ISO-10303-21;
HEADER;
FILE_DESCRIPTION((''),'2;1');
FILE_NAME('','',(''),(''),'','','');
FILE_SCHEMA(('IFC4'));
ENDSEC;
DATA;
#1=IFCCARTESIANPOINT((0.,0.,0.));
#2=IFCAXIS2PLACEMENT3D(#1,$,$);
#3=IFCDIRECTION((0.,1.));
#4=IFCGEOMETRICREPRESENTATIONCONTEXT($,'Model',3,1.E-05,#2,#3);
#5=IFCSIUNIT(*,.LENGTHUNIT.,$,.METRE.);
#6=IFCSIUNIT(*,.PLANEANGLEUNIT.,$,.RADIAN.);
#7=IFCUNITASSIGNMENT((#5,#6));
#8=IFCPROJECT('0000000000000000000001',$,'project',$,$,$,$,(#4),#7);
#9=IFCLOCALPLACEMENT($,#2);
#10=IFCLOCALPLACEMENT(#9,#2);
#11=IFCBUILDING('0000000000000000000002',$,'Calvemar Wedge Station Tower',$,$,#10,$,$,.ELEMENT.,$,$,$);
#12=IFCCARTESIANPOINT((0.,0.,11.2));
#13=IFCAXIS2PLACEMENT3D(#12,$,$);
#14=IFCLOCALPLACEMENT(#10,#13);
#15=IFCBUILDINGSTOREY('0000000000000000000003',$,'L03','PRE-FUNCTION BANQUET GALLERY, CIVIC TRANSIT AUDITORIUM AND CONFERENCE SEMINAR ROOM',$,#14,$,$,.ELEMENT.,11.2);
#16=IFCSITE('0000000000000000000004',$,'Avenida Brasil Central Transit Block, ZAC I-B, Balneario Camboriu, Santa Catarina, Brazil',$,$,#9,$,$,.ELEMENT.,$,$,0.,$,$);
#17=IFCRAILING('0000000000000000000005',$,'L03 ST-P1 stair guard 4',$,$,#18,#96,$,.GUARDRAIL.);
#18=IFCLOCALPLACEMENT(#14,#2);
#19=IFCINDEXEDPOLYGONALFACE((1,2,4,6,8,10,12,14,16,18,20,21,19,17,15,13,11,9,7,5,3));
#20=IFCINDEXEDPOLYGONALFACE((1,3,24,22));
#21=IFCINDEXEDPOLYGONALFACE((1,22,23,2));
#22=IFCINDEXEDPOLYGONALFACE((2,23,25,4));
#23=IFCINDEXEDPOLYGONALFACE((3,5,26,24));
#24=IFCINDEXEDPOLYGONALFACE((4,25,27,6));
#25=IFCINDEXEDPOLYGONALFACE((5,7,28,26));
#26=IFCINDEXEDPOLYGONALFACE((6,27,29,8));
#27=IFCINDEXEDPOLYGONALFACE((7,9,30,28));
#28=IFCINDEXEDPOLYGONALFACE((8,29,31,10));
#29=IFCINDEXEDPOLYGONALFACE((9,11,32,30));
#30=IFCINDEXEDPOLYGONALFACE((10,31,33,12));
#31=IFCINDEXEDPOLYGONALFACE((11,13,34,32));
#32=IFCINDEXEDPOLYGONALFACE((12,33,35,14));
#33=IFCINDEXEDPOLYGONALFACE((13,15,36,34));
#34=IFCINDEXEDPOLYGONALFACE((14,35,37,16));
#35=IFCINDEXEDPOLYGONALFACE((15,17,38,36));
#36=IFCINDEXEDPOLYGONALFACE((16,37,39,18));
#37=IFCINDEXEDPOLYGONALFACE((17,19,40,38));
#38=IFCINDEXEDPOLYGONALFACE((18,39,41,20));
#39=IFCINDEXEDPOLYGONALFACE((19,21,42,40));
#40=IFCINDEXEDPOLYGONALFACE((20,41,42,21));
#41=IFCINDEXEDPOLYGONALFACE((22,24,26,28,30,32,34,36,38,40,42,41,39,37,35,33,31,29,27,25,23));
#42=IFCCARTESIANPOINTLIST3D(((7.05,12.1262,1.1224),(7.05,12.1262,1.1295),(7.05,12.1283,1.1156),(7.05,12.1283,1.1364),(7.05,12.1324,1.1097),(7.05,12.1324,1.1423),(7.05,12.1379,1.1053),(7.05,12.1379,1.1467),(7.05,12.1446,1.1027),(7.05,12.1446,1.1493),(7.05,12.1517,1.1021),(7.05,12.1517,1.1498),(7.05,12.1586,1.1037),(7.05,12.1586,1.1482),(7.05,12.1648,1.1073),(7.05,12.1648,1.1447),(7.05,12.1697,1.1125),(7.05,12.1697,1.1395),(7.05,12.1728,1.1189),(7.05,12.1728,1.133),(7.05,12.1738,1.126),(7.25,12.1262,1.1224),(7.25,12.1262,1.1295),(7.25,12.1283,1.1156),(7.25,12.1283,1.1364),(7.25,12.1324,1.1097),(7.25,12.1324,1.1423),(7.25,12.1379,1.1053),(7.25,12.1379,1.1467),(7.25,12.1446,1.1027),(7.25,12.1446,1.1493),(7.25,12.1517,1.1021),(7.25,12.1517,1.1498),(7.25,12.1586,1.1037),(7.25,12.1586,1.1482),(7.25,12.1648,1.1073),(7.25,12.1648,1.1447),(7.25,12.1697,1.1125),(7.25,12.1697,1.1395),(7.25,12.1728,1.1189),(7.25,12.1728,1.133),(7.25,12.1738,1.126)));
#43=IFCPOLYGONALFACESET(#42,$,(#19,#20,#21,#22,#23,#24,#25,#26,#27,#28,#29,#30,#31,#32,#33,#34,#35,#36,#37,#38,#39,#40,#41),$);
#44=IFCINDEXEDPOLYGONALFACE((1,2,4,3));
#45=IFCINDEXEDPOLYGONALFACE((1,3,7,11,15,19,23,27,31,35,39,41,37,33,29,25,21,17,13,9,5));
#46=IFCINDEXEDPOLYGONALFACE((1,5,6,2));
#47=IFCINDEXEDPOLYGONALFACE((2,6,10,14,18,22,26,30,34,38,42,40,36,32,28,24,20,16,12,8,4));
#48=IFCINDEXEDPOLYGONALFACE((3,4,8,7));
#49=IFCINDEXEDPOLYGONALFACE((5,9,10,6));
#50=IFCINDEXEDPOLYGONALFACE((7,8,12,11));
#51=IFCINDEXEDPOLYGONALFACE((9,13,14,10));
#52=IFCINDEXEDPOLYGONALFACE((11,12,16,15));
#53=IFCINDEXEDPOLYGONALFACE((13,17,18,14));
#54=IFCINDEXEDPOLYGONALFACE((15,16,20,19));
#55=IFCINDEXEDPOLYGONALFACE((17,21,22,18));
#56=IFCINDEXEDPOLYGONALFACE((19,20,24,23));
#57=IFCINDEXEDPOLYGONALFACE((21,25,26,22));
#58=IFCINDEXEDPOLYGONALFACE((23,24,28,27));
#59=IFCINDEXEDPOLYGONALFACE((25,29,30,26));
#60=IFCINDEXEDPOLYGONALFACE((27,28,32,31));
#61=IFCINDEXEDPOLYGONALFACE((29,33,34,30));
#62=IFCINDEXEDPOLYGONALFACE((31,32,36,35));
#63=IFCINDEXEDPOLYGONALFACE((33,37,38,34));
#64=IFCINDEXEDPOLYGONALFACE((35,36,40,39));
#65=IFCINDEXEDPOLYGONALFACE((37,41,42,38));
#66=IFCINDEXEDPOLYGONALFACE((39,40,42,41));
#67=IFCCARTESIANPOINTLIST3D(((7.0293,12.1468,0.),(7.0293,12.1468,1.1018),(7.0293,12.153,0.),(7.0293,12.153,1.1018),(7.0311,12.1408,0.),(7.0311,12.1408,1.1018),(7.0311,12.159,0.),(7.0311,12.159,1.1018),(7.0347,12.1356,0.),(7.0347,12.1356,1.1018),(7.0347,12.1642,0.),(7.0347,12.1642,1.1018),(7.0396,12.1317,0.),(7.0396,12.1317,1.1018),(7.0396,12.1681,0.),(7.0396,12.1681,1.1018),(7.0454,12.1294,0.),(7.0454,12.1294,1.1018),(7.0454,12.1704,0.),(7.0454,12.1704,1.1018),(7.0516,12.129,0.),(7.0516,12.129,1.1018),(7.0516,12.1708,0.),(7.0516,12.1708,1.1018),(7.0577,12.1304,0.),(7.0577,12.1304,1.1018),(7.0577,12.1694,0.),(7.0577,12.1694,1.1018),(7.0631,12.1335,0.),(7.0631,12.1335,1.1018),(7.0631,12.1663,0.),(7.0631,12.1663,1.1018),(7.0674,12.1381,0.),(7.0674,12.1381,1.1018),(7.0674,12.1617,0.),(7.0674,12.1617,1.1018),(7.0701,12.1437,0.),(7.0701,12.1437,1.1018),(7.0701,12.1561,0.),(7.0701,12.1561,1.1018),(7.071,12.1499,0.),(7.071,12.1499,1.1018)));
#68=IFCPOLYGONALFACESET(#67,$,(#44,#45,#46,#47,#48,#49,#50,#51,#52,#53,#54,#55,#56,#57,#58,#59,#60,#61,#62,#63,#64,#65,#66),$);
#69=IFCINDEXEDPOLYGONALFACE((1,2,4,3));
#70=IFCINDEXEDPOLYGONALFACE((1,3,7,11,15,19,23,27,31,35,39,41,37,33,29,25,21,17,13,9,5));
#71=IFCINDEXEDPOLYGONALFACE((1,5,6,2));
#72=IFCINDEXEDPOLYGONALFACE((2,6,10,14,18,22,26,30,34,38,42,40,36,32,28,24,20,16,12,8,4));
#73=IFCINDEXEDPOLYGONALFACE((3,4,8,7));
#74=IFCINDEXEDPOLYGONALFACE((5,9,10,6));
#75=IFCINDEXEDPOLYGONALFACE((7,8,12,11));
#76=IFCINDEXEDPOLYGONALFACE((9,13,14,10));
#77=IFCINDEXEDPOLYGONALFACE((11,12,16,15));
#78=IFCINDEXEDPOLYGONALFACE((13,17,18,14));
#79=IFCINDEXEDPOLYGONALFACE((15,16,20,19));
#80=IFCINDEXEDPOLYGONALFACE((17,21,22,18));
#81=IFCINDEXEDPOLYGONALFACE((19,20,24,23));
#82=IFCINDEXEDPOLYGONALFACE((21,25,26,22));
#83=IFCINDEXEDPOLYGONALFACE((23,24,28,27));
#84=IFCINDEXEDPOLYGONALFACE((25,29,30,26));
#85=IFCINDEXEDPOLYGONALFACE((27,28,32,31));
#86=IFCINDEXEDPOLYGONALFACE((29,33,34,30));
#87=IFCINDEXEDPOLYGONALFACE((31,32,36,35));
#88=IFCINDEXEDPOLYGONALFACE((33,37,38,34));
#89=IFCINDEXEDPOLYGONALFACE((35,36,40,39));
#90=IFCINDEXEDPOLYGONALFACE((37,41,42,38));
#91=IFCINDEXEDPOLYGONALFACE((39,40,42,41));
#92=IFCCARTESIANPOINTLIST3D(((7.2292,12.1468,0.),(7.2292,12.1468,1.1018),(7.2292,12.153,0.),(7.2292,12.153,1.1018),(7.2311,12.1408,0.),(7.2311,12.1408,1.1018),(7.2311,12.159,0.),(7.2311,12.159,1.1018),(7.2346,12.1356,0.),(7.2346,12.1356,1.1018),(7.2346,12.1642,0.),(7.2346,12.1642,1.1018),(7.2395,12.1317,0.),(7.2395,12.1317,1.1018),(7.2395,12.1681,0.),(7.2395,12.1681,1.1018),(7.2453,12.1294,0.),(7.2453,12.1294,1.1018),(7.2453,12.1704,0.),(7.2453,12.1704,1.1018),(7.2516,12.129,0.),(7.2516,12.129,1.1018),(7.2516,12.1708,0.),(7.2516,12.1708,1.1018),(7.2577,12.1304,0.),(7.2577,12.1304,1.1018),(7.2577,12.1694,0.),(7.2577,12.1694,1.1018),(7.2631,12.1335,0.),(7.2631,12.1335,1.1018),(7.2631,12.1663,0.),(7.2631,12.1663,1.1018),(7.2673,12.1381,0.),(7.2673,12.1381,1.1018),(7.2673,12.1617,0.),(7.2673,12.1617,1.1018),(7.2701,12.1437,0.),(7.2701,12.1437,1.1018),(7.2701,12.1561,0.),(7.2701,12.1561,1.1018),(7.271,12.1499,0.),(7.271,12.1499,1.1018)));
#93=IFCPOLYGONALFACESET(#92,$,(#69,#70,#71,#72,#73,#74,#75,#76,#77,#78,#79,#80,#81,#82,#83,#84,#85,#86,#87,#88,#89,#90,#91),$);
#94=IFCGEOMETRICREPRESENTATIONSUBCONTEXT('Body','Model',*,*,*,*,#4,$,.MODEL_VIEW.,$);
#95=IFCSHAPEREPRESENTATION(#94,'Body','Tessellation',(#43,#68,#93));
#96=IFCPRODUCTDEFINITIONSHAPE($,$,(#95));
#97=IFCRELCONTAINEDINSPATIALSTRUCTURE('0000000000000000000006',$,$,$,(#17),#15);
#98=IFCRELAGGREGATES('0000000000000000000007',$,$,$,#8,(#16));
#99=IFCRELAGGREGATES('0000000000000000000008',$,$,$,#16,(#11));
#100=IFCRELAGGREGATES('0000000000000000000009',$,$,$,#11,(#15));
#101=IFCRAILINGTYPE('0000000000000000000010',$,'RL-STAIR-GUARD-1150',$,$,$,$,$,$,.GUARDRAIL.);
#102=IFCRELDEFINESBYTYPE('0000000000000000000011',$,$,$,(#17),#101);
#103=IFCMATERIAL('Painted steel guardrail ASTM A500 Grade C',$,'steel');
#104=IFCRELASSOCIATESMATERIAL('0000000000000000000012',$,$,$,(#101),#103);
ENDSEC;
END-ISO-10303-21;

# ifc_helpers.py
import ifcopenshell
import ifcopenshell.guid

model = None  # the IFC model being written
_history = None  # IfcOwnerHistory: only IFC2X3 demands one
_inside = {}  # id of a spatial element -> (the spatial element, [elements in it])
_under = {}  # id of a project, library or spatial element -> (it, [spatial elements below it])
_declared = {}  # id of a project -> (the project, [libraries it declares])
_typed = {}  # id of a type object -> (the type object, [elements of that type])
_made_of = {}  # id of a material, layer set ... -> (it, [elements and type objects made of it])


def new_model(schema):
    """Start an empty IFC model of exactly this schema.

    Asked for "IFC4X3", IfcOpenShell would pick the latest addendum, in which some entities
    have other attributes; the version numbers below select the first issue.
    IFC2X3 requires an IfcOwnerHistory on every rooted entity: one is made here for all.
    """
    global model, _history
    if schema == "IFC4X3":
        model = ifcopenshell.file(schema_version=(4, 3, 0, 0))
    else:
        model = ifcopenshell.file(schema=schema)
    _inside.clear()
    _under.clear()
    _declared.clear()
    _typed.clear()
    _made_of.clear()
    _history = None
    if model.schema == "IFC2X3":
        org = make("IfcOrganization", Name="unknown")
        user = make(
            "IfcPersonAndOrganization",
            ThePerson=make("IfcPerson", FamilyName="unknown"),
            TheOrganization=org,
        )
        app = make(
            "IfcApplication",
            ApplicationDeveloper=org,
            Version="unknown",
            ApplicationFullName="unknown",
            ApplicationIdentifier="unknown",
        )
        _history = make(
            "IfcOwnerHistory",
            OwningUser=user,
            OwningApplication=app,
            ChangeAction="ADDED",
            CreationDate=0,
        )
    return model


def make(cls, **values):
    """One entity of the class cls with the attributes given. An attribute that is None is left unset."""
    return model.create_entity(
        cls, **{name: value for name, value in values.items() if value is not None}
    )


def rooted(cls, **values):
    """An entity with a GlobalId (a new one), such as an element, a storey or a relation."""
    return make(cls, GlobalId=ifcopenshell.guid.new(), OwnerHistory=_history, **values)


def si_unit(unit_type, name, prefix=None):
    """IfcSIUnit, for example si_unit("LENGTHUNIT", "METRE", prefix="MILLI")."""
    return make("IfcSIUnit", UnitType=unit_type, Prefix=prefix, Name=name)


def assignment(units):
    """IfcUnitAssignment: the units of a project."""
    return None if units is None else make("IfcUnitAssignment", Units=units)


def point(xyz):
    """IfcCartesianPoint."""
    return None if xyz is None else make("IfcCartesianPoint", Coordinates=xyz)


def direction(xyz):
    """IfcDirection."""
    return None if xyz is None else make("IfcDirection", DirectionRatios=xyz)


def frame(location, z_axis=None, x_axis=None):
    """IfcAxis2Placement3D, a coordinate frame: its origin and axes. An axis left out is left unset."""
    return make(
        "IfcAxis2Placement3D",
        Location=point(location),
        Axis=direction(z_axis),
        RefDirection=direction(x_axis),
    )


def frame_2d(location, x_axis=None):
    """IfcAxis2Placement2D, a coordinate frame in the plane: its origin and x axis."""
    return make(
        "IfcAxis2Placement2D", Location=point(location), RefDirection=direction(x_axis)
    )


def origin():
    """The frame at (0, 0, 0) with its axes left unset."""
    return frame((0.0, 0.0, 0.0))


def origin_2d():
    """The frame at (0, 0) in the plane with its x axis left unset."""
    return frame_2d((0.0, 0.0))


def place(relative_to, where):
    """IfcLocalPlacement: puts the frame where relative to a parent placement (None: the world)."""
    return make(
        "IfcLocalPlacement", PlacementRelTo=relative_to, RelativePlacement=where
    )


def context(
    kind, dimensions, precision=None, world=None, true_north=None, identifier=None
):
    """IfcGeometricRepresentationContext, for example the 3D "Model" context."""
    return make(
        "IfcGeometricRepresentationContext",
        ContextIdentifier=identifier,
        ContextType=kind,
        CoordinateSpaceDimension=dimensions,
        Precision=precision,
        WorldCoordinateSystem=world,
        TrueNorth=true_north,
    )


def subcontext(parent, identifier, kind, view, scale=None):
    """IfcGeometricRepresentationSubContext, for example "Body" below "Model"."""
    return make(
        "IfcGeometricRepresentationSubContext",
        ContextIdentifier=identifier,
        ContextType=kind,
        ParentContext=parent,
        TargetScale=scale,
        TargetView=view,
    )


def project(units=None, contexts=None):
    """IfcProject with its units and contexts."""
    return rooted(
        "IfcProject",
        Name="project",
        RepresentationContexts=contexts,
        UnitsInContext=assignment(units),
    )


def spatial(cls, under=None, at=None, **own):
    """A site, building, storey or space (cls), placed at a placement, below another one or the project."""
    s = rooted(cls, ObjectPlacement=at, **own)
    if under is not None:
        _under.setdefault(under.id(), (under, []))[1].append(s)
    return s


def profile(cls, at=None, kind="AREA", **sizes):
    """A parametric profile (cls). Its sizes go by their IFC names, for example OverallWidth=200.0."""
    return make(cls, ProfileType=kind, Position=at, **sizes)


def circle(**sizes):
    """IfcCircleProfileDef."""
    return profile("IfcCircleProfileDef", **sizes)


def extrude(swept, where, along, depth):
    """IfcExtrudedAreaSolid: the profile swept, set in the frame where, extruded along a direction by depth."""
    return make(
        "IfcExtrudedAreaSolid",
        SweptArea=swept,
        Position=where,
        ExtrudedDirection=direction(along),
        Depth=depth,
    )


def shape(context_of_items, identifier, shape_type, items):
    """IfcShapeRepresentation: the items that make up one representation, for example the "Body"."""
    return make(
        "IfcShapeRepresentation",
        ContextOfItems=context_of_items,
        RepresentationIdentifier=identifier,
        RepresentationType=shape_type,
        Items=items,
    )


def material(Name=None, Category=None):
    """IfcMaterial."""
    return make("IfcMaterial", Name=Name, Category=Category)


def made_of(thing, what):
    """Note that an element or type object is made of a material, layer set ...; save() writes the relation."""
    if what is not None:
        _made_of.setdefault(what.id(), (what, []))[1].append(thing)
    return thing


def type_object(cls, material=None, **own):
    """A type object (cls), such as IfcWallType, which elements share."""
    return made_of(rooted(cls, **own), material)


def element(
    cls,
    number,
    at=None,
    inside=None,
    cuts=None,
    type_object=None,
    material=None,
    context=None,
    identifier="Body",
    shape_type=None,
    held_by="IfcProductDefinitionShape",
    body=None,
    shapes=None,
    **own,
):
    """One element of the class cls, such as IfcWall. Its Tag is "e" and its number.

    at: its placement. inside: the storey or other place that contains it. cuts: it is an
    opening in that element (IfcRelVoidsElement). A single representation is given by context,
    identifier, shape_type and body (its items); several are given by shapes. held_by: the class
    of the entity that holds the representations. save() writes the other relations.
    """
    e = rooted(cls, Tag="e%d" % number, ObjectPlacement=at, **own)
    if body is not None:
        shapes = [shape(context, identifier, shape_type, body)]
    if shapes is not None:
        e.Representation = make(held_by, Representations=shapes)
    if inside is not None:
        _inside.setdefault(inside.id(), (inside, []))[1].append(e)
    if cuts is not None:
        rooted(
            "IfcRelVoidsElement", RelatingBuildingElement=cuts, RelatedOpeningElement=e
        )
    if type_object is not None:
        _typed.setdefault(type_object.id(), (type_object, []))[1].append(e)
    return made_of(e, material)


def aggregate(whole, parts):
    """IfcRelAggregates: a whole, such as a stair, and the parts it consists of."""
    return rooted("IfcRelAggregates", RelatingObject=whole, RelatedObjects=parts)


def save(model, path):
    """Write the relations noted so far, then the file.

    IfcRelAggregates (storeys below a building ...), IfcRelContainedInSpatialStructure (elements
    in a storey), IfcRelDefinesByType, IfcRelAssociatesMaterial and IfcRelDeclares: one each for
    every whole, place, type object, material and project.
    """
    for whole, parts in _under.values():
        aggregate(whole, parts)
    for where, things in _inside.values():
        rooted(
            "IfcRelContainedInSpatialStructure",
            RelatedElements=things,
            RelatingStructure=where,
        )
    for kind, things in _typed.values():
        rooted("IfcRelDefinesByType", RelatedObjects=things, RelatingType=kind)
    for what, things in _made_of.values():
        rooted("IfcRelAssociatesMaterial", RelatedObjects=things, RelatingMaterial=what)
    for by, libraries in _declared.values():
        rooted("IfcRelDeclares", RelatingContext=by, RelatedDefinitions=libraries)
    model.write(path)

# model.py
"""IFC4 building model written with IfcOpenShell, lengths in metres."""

from ifc_helpers import new_model, si_unit, direction, frame, origin, origin_2d, place, context, subcontext, project, spatial, circle, extrude, material, type_object, element, save


model = new_model("IFC4")

# Units and contexts
model_context = context("Model", 3, precision=1e-05, world=origin(), true_north=direction((0.0, 1.0)))
body_context = subcontext(model_context, "Body", "Model", "MODEL_VIEW")
ifc_project = project(units=[si_unit("LENGTHUNIT", "METRE"), si_unit("PLANEANGLEUNIT", "RADIAN")], contexts=[model_context])

# Site, building, storey
site_placement = place(None, origin())
site = spatial("IfcSite", under=ifc_project, at=site_placement, Name="Avenida Brasil Central Transit Block, ZAC I-B, Balneario Camboriu, Santa Catarina, Brazil", CompositionType="ELEMENT", RefElevation=0.0)
building_placement = place(site_placement, origin())
building = spatial("IfcBuilding", under=site, at=building_placement, Name="Calvemar Wedge Station Tower", CompositionType="ELEMENT")
storey_placement = place(building_placement, frame((0.0, 0.0, 11.2)))
storey = spatial("IfcBuildingStorey", under=building, at=storey_placement, Name="L03", Description="PRE-FUNCTION BANQUET GALLERY, CIVIC TRANSIT AUDITORIUM AND CONFERENCE SEMINAR ROOM", CompositionType="ELEMENT", Elevation=11.2)

# Railing
ifc_material_1 = material(Name="Painted steel guardrail ASTM A500 Grade C", Category="steel")
railing_type_1 = type_object("IfcRailingType", Name="RL-STAIR-GUARD-1150", PredefinedType="GUARDRAIL", material=ifc_material_1)
railing_1_placement = place(storey_placement, frame((7.05, 12.1499, 0.0)))
element("IfcRailing", 1, at=railing_1_placement, inside=storey, type_object=railing_type_1, Name="L03 ST-P1 stair guard 4", PredefinedType="GUARDRAIL", context=body_context, shape_type="SweptSolid", body=[
    extrude(circle(Radius=0.0239, at=origin_2d()), frame((0.0, 0.0, 1.126), z_axis=(1.0, 0.0, 0.0), x_axis=(0.0, 1.0, 0.0)), (0.0, 0.0, 1.0), 0.2),
    extrude(circle(Radius=0.021, at=origin_2d()), origin(), (0.0, 0.0, 1.0), 1.1018),
    extrude(circle(Radius=0.021, at=origin_2d()), frame((0.2, 0.0, 0.0)), (0.0, 0.0, 1.0), 1.1018),
])

save(model, "model.ifc")
